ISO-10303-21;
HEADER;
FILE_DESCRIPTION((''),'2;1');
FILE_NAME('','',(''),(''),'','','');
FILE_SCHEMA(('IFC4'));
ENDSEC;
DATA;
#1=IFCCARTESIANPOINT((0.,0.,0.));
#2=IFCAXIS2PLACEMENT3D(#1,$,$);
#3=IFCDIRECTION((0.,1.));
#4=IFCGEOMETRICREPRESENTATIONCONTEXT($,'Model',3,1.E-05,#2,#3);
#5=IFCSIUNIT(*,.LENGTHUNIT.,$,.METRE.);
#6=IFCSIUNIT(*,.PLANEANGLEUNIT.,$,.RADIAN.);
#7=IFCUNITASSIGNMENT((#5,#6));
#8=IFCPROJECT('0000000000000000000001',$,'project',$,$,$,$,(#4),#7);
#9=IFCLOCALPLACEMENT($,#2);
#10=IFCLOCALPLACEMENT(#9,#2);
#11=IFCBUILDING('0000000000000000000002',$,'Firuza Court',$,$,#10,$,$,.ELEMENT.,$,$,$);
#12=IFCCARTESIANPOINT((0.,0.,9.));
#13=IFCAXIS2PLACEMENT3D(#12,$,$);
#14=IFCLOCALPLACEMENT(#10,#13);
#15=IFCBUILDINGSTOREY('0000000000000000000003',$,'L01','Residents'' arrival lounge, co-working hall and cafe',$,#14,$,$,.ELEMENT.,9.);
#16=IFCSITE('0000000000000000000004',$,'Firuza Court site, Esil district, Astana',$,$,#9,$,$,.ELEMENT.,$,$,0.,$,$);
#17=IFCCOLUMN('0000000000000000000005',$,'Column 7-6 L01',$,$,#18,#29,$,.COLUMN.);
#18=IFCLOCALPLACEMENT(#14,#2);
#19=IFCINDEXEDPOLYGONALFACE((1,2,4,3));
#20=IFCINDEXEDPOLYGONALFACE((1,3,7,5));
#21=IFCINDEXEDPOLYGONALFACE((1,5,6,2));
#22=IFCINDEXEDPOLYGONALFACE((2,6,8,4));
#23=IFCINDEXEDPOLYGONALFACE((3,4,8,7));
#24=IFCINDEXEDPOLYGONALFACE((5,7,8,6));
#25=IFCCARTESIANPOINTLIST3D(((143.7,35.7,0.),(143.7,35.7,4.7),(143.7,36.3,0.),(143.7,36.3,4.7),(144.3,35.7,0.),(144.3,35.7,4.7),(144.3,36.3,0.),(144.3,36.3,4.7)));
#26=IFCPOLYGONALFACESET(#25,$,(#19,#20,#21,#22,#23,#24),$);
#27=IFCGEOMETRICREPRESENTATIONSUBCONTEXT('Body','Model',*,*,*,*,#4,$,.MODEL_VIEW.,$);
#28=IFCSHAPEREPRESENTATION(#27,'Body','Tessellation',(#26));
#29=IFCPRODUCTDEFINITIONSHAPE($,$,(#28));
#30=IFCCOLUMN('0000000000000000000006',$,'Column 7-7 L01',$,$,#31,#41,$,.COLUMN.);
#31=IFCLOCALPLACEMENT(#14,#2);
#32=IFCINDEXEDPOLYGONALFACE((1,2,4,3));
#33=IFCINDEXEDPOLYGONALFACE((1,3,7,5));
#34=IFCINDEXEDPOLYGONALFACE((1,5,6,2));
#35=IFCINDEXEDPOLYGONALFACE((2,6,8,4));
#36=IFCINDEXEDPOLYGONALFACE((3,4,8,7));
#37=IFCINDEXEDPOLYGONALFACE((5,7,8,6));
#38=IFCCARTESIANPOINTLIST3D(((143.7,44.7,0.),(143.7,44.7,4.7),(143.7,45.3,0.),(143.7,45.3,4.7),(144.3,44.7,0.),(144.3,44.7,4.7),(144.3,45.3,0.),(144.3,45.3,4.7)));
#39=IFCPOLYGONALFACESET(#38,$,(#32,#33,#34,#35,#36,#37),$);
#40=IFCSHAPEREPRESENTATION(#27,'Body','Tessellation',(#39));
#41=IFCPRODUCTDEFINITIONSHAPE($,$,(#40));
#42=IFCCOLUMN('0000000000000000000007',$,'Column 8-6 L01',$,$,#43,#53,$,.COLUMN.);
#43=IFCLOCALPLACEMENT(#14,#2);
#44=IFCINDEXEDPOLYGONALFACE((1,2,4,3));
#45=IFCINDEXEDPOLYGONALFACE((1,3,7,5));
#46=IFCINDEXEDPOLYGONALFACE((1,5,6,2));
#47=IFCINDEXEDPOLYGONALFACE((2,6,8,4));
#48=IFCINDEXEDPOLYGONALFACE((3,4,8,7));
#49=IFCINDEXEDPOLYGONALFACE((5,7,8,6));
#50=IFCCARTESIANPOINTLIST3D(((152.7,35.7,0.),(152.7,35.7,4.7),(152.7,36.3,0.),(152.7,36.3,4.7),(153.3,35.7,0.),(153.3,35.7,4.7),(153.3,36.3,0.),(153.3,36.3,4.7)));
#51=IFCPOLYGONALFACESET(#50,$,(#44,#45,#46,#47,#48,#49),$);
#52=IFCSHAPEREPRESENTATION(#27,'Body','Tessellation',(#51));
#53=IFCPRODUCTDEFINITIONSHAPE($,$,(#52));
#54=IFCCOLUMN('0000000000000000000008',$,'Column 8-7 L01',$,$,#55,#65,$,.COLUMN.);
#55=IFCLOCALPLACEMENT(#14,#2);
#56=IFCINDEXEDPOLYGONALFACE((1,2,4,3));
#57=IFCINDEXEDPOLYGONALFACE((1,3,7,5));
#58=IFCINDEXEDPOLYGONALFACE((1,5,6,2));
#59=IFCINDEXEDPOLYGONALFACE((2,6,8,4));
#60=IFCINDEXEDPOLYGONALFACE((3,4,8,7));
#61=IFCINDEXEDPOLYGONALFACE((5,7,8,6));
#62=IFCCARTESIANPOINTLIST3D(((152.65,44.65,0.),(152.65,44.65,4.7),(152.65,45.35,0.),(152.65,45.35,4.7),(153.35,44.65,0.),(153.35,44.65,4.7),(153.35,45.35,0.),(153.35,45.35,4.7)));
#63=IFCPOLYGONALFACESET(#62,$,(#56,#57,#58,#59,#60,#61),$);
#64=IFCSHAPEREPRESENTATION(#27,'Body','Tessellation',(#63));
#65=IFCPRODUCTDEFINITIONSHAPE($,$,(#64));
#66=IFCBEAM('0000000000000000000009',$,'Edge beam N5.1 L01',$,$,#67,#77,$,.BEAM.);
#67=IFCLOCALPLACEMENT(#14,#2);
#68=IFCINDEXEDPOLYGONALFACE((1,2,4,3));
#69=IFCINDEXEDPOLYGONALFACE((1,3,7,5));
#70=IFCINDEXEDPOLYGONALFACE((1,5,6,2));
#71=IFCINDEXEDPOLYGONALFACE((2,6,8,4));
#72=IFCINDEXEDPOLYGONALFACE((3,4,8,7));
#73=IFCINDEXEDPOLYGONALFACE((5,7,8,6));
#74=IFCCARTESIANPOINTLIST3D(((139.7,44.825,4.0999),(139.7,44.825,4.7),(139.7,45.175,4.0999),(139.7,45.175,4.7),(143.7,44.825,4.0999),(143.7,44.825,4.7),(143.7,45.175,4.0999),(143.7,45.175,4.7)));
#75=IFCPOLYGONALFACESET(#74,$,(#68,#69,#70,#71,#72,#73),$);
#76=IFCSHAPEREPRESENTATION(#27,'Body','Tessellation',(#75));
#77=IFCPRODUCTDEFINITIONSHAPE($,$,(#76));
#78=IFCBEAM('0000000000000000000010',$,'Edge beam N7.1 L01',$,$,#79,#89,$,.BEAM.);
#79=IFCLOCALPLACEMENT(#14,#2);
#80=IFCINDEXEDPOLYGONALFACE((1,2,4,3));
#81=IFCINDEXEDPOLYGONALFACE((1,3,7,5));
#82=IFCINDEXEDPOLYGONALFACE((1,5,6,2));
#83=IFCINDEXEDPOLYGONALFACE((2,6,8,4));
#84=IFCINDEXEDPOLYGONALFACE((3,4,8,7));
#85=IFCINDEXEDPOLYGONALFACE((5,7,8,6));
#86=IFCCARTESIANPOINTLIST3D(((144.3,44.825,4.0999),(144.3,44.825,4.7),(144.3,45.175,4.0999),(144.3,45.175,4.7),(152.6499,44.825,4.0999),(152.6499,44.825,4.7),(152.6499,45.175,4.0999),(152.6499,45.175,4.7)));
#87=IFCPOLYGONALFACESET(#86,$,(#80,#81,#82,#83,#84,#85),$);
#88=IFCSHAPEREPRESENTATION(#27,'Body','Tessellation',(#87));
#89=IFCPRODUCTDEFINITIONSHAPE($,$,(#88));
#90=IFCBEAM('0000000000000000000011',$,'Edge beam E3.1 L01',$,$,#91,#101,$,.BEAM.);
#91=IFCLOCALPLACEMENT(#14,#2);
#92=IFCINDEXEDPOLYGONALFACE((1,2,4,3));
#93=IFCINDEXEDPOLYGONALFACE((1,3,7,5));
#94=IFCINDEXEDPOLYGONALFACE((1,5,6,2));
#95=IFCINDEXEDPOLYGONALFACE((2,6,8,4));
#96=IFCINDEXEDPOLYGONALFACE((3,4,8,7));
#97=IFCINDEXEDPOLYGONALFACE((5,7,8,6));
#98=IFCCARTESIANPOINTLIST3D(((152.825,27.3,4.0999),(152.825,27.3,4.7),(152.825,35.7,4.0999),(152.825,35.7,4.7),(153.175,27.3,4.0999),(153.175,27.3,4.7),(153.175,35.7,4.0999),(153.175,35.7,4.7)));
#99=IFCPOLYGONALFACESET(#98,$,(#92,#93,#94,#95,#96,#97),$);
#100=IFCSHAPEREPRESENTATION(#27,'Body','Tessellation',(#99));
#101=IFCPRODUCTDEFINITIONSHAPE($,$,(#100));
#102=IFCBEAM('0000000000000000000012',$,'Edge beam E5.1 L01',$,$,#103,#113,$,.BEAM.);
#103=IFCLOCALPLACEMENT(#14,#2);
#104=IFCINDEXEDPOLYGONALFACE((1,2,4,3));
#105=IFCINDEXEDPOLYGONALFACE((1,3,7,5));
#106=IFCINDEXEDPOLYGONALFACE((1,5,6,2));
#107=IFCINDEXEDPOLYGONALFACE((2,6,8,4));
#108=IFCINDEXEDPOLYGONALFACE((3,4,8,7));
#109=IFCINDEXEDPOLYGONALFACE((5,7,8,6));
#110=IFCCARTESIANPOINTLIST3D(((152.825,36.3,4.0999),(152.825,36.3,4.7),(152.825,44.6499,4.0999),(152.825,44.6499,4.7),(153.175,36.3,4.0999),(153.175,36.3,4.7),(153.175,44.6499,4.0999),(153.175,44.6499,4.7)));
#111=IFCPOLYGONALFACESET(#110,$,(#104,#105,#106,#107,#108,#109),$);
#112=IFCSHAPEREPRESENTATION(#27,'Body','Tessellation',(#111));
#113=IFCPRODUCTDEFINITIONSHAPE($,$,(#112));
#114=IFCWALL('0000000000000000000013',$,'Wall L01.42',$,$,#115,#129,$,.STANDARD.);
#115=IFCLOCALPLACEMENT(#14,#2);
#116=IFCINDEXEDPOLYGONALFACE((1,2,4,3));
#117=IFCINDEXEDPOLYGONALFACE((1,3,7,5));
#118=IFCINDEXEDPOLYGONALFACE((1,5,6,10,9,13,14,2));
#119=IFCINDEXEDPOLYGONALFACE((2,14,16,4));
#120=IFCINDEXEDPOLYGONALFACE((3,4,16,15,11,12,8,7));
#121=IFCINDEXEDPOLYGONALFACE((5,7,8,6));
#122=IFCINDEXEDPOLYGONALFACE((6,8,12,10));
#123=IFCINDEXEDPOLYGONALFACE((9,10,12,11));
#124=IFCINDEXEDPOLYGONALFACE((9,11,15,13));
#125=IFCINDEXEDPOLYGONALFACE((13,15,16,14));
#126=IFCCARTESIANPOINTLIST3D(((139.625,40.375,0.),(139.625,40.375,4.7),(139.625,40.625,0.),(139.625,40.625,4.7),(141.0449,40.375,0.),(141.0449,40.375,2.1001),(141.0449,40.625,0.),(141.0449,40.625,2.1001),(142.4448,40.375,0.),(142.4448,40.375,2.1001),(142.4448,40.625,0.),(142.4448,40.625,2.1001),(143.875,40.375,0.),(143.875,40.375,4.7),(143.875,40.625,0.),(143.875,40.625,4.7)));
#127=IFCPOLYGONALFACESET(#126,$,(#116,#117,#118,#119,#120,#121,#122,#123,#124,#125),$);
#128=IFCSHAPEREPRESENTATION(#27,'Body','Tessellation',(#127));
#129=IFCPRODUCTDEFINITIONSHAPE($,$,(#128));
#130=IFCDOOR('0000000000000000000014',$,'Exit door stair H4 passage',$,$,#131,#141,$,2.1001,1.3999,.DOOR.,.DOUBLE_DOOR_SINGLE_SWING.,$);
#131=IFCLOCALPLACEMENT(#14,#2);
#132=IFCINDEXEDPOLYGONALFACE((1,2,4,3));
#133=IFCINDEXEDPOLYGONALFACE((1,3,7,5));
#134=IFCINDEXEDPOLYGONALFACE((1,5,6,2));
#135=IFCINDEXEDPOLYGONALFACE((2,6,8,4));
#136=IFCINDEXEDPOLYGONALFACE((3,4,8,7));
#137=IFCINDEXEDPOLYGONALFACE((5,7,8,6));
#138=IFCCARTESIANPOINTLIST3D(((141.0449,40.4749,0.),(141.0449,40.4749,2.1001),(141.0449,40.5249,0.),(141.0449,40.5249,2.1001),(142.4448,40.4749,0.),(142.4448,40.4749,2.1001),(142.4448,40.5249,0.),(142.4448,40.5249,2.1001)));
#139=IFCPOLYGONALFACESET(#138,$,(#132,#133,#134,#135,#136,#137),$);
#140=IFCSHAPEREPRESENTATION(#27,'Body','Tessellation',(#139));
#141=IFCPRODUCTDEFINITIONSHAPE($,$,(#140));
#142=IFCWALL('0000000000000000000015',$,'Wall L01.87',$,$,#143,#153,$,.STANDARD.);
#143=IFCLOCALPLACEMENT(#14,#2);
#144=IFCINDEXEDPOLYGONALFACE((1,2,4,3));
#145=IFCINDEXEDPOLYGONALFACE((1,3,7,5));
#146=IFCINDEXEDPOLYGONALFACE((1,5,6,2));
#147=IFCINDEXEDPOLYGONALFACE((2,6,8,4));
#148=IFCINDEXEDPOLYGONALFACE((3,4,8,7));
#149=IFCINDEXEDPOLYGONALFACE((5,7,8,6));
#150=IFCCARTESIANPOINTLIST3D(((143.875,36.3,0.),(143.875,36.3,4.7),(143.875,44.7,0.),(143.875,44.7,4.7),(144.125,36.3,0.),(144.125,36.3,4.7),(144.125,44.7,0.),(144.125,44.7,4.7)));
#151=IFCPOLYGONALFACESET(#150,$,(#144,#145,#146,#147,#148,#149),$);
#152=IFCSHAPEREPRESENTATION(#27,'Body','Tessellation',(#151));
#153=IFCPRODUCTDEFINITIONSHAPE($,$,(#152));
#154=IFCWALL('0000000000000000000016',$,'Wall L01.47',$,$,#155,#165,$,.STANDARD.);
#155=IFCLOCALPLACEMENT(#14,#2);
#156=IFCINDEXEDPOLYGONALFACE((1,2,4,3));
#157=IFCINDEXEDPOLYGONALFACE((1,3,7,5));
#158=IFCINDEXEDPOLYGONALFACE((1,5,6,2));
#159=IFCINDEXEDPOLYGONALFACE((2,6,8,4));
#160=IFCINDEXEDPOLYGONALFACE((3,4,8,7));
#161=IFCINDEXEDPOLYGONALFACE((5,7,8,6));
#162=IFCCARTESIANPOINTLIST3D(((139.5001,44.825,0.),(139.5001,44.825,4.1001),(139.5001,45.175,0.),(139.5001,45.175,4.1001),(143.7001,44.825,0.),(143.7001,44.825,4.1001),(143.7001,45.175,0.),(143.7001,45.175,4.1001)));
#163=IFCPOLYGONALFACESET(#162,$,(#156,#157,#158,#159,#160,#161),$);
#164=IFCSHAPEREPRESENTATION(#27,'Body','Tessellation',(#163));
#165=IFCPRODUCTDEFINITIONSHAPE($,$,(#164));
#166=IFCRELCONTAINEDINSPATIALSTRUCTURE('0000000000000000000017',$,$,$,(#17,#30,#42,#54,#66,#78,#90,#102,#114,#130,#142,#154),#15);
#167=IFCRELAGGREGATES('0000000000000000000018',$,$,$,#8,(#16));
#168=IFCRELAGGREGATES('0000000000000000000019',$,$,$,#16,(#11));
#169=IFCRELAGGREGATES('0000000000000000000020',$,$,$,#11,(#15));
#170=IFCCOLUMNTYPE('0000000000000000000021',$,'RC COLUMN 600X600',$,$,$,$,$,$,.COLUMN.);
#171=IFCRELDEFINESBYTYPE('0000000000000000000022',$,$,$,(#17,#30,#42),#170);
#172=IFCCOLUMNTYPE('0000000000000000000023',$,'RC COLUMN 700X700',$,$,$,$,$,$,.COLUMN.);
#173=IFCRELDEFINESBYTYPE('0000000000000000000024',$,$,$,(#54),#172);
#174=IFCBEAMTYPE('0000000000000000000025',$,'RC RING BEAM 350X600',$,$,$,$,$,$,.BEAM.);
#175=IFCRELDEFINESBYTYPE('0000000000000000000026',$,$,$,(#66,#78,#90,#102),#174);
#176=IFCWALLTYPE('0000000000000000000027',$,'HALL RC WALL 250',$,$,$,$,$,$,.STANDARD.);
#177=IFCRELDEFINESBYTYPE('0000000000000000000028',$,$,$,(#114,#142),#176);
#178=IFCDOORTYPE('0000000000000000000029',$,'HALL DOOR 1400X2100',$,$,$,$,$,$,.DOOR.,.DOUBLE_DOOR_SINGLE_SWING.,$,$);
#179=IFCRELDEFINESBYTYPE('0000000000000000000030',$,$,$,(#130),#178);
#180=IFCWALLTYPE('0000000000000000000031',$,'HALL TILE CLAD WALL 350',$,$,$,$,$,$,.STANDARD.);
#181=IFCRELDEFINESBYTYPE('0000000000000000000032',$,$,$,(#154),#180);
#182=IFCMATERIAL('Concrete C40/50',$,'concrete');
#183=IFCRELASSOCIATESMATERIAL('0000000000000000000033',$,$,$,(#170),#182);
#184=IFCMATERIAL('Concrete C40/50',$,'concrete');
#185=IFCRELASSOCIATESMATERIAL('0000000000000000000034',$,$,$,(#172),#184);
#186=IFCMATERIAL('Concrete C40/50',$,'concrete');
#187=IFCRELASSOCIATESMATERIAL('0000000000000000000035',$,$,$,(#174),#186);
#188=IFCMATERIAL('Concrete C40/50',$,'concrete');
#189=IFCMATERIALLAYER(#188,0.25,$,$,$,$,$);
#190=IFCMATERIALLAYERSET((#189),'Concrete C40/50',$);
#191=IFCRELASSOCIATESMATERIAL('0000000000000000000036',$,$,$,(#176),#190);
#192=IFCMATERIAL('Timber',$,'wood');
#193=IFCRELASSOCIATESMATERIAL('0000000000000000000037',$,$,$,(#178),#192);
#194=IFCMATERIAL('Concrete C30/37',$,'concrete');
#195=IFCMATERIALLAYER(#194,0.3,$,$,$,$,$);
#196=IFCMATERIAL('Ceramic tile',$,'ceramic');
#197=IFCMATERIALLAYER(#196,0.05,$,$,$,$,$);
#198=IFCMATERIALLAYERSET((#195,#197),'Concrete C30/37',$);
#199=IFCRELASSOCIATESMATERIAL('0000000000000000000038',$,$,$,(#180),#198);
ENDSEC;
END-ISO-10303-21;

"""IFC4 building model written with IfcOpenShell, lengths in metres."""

from ifc_helpers import new_model, si_unit, direction, frame, frame_2d, origin, origin_2d, place, context, subcontext, project, spatial, rectangle, extrude, material, layer, layer_set, material_profile, profile_set, type_object, element, fill, save


model = new_model("IFC4")

# Units and contexts
model_context = context("Model", 3, precision=1e-05, world=origin(), true_north=direction((0.0, 1.0)))
body_context = subcontext(model_context, "Body", "Model", "MODEL_VIEW")
ifc_project = project(units=[si_unit("LENGTHUNIT", "METRE"), si_unit("PLANEANGLEUNIT", "RADIAN")], contexts=[model_context])

# Site, building, storey
site_placement = place(None, origin())
site = spatial("IfcSite", under=ifc_project, at=site_placement, Name="Firuza Court site, Esil district, Astana", CompositionType="ELEMENT", RefElevation=0.0)
building_placement = place(site_placement, origin())
building = spatial("IfcBuilding", under=site, at=building_placement, Name="Firuza Court", CompositionType="ELEMENT")
storey_placement = place(building_placement, frame((0.0, 0.0, 9.0)))
storey = spatial("IfcBuildingStorey", under=building, at=storey_placement, Name="L01", Description="Residents' arrival lounge, co-working hall and cafe", CompositionType="ELEMENT", Elevation=9.0)

# Columns
ifc_material_1 = material(Name="Concrete C40/50", Category="concrete")
ifc_material_profile_1 = material_profile(ifc_material_1, rectangle(XDim=0.6001, YDim=0.6001, at=origin_2d()), Name="RC 600X600")
ifc_profile_set_1 = profile_set([ifc_material_profile_1], Name="Concrete C40/50")
column_type_1 = type_object("IfcColumnType", Name="RC COLUMN 600X600", PredefinedType="COLUMN", material=ifc_profile_set_1)
for number, where, z_axis, x_axis, name in (
    (1, (144.0, 36.0, 0.0), (0.0, 0.0, 1.0), (1.0, 0.0, 0.0), "Column 7-6 L01"),
    (2, (144.0, 45.0, 0.0), (0.0, 0.0, 1.0), (1.0, 0.0, 0.0), "Column 7-7 L01"),
    (3, (153.0, 36.0, 0.0), (0.0, 0.0, 1.0), (1.0, 0.0, 0.0), "Column 8-6 L01"),
):
    element("IfcColumn", number, at=place(storey_placement, frame(where, z_axis=z_axis, x_axis=x_axis)), inside=storey, type_object=column_type_1, Name=name, PredefinedType="COLUMN", context=body_context, shape_type="SweptSolid", body=[
        extrude(rectangle(XDim=0.6001, YDim=0.6001, at=origin_2d()), origin(), (0.0, 0.0, 1.0), 4.7),
    ])
ifc_material_2 = material(Name="Concrete C40/50", Category="concrete")
ifc_material_profile_2 = material_profile(ifc_material_2, rectangle(XDim=0.7, YDim=0.7, at=origin_2d()), Name="RC 700X700")
ifc_profile_set_2 = profile_set([ifc_material_profile_2], Name="Concrete C40/50")
column_type_2 = type_object("IfcColumnType", Name="RC COLUMN 700X700", PredefinedType="COLUMN", material=ifc_profile_set_2)
column_placement = place(storey_placement, frame((153.0, 45.0, 0.0), z_axis=(0.0, 0.0, 1.0), x_axis=(1.0, 0.0, 0.0)))
element("IfcColumn", 4, at=column_placement, inside=storey, type_object=column_type_2, Name="Column 8-7 L01", PredefinedType="COLUMN", context=body_context, shape_type="SweptSolid", body=[
    extrude(rectangle(XDim=0.7, YDim=0.7, at=origin_2d()), origin(), (0.0, 0.0, 1.0), 4.7),
])

# Beams
ifc_material_3 = material(Name="Concrete C40/50", Category="concrete")
ifc_material_profile_3 = material_profile(ifc_material_3, rectangle(XDim=0.3501, YDim=0.6001, at=origin_2d()), Name="RC 350X600")
ifc_profile_set_3 = profile_set([ifc_material_profile_3], Name="Concrete C40/50")
beam_type = type_object("IfcBeamType", Name="RC RING BEAM 350X600", PredefinedType="BEAM", material=ifc_profile_set_3)
beam_1_placement = place(storey_placement, frame((139.7, 45.0, 4.3999), z_axis=(1.0, 0.0, 0.0), x_axis=(0.0, 1.0, 0.0)))
element("IfcBeam", 5, at=beam_1_placement, inside=storey, type_object=beam_type, Name="Edge beam N5.1 L01", PredefinedType="BEAM", context=body_context, shape_type="SweptSolid", body=[
    extrude(rectangle(XDim=0.3501, YDim=0.6001, at=origin_2d()), origin(), (0.0, 0.0, 1.0), 4.0),
])
beam_2_placement = place(storey_placement, frame((144.3, 45.0, 4.3999), z_axis=(1.0, 0.0, 0.0), x_axis=(0.0, 1.0, 0.0)))
element("IfcBeam", 6, at=beam_2_placement, inside=storey, type_object=beam_type, Name="Edge beam N7.1 L01", PredefinedType="BEAM", context=body_context, shape_type="SweptSolid", body=[
    extrude(rectangle(XDim=0.3501, YDim=0.6001, at=origin_2d()), origin(), (0.0, 0.0, 1.0), 8.3499),
])
beam_3_placement = place(storey_placement, frame((153.0, 27.3, 4.3999), z_axis=(0.0, 1.0, 0.0), x_axis=(-1.0, 0.0, 0.0)))
element("IfcBeam", 7, at=beam_3_placement, inside=storey, type_object=beam_type, Name="Edge beam E3.1 L01", PredefinedType="BEAM", context=body_context, shape_type="SweptSolid", body=[
    extrude(rectangle(XDim=0.3501, YDim=0.6001, at=origin_2d()), origin(), (0.0, 0.0, 1.0), 8.3999),
])
beam_4_placement = place(storey_placement, frame((153.0, 36.3, 4.3999), z_axis=(0.0, 1.0, 0.0), x_axis=(-1.0, 0.0, 0.0)))
element("IfcBeam", 8, at=beam_4_placement, inside=storey, type_object=beam_type, Name="Edge beam E5.1 L01", PredefinedType="BEAM", context=body_context, shape_type="SweptSolid", body=[
    extrude(rectangle(XDim=0.3501, YDim=0.6001, at=origin_2d()), origin(), (0.0, 0.0, 1.0), 8.3499),
])

# Wall, opening, door
ifc_material_4 = material(Name="Concrete C40/50", Category="concrete")
ifc_layer_1 = layer(ifc_material_4, 0.25)
ifc_layer_set_1 = layer_set([ifc_layer_1], Name="Concrete C40/50")
wall_type_1 = type_object("IfcWallType", Name="HALL RC WALL 250", PredefinedType="STANDARD", material=ifc_layer_set_1)
wall_1_placement = place(storey_placement, frame((139.625, 40.5, 0.0), z_axis=(0.0, 0.0, 1.0), x_axis=(1.0, 0.0, 0.0)))
wall_1 = element("IfcWall", 9, at=wall_1_placement, inside=storey, type_object=wall_type_1, Name="Wall L01.42", PredefinedType="STANDARD", context=body_context, shape_type="SweptSolid", body=[
    extrude(rectangle(XDim=4.25, YDim=0.25, at=frame_2d((2.125, 0.0))), origin(), (0.0, 0.0, 1.0), 4.7),
])
opening_1_placement = place(wall_1_placement, frame((1.4199, 0.0, 0.0)))
opening_1 = element("IfcOpeningElement", 10, at=opening_1_placement, cuts=wall_1, PredefinedType="OPENING", context=body_context, shape_type="SweptSolid", body=[
    extrude(rectangle(XDim=1.3999, YDim=2.1001, at=frame_2d((0.7, 1.05))), frame((0.0, 0.137, 0.0), z_axis=(0.0, -1.0, 0.0), x_axis=(1.0, 0.0, 0.0)), (0.0, 0.0, 1.0), 0.2739),
])
ifc_material_5 = material(Name="Timber", Category="wood")
door_type = type_object("IfcDoorType", Name="HALL DOOR 1400X2100", OperationType="DOUBLE_DOOR_SINGLE_SWING", PredefinedType="DOOR", material=ifc_material_5)
door_placement = place(opening_1_placement, origin())
door = element("IfcDoor", 11, at=door_placement, inside=storey, type_object=door_type, Name="Exit door stair H4 passage", OperationType="DOUBLE_DOOR_SINGLE_SWING", OverallHeight=2.1001, OverallWidth=1.3999, PredefinedType="DOOR", context=body_context, shape_type="SweptSolid", body=[
    extrude(rectangle(XDim=1.3999, YDim=2.1001, at=frame_2d((0.7, 1.05))), frame((0.0, 0.0249, 0.0), z_axis=(0.0, -1.0, 0.0), x_axis=(1.0, 0.0, 0.0)), (0.0, 0.0, 1.0), 0.05),
])
fill(opening_1, door)

# Walls
wall_2_placement = place(storey_placement, frame((144.0, 36.3, 0.0), z_axis=(0.0, 0.0, 1.0), x_axis=(0.0, 1.0, 0.0)))
element("IfcWall", 12, at=wall_2_placement, inside=storey, type_object=wall_type_1, Name="Wall L01.87", PredefinedType="STANDARD", context=body_context, shape_type="SweptSolid", body=[
    extrude(rectangle(XDim=8.3999, YDim=0.25, at=frame_2d((4.2, 0.0))), origin(), (0.0, 0.0, 1.0), 4.7),
])
ifc_material_6 = material(Name="Concrete C30/37", Category="concrete")
ifc_layer_2 = layer(ifc_material_6, 0.3)
ifc_material_7 = material(Name="Ceramic tile", Category="ceramic")
ifc_layer_3 = layer(ifc_material_7, 0.05)
ifc_layer_set_2 = layer_set([ifc_layer_2, ifc_layer_3], Name="Concrete C30/37")
wall_type_2 = type_object("IfcWallType", Name="HALL TILE CLAD WALL 350", PredefinedType="STANDARD", material=ifc_layer_set_2)
wall_3_placement = place(storey_placement, frame((139.5, 45.0, 0.0), z_axis=(0.0, 0.0, 1.0), x_axis=(1.0, 0.0, 0.0)))
element("IfcWall", 13, at=wall_3_placement, inside=storey, type_object=wall_type_2, Name="Wall L01.47", PredefinedType="STANDARD", context=body_context, shape_type="SweptSolid", body=[
    extrude(rectangle(XDim=4.2, YDim=0.3501, at=frame_2d((2.1001, 0.0))), origin(), (0.0, 0.0, 1.0), 4.1001),
])

save(model, "model.ifc")
